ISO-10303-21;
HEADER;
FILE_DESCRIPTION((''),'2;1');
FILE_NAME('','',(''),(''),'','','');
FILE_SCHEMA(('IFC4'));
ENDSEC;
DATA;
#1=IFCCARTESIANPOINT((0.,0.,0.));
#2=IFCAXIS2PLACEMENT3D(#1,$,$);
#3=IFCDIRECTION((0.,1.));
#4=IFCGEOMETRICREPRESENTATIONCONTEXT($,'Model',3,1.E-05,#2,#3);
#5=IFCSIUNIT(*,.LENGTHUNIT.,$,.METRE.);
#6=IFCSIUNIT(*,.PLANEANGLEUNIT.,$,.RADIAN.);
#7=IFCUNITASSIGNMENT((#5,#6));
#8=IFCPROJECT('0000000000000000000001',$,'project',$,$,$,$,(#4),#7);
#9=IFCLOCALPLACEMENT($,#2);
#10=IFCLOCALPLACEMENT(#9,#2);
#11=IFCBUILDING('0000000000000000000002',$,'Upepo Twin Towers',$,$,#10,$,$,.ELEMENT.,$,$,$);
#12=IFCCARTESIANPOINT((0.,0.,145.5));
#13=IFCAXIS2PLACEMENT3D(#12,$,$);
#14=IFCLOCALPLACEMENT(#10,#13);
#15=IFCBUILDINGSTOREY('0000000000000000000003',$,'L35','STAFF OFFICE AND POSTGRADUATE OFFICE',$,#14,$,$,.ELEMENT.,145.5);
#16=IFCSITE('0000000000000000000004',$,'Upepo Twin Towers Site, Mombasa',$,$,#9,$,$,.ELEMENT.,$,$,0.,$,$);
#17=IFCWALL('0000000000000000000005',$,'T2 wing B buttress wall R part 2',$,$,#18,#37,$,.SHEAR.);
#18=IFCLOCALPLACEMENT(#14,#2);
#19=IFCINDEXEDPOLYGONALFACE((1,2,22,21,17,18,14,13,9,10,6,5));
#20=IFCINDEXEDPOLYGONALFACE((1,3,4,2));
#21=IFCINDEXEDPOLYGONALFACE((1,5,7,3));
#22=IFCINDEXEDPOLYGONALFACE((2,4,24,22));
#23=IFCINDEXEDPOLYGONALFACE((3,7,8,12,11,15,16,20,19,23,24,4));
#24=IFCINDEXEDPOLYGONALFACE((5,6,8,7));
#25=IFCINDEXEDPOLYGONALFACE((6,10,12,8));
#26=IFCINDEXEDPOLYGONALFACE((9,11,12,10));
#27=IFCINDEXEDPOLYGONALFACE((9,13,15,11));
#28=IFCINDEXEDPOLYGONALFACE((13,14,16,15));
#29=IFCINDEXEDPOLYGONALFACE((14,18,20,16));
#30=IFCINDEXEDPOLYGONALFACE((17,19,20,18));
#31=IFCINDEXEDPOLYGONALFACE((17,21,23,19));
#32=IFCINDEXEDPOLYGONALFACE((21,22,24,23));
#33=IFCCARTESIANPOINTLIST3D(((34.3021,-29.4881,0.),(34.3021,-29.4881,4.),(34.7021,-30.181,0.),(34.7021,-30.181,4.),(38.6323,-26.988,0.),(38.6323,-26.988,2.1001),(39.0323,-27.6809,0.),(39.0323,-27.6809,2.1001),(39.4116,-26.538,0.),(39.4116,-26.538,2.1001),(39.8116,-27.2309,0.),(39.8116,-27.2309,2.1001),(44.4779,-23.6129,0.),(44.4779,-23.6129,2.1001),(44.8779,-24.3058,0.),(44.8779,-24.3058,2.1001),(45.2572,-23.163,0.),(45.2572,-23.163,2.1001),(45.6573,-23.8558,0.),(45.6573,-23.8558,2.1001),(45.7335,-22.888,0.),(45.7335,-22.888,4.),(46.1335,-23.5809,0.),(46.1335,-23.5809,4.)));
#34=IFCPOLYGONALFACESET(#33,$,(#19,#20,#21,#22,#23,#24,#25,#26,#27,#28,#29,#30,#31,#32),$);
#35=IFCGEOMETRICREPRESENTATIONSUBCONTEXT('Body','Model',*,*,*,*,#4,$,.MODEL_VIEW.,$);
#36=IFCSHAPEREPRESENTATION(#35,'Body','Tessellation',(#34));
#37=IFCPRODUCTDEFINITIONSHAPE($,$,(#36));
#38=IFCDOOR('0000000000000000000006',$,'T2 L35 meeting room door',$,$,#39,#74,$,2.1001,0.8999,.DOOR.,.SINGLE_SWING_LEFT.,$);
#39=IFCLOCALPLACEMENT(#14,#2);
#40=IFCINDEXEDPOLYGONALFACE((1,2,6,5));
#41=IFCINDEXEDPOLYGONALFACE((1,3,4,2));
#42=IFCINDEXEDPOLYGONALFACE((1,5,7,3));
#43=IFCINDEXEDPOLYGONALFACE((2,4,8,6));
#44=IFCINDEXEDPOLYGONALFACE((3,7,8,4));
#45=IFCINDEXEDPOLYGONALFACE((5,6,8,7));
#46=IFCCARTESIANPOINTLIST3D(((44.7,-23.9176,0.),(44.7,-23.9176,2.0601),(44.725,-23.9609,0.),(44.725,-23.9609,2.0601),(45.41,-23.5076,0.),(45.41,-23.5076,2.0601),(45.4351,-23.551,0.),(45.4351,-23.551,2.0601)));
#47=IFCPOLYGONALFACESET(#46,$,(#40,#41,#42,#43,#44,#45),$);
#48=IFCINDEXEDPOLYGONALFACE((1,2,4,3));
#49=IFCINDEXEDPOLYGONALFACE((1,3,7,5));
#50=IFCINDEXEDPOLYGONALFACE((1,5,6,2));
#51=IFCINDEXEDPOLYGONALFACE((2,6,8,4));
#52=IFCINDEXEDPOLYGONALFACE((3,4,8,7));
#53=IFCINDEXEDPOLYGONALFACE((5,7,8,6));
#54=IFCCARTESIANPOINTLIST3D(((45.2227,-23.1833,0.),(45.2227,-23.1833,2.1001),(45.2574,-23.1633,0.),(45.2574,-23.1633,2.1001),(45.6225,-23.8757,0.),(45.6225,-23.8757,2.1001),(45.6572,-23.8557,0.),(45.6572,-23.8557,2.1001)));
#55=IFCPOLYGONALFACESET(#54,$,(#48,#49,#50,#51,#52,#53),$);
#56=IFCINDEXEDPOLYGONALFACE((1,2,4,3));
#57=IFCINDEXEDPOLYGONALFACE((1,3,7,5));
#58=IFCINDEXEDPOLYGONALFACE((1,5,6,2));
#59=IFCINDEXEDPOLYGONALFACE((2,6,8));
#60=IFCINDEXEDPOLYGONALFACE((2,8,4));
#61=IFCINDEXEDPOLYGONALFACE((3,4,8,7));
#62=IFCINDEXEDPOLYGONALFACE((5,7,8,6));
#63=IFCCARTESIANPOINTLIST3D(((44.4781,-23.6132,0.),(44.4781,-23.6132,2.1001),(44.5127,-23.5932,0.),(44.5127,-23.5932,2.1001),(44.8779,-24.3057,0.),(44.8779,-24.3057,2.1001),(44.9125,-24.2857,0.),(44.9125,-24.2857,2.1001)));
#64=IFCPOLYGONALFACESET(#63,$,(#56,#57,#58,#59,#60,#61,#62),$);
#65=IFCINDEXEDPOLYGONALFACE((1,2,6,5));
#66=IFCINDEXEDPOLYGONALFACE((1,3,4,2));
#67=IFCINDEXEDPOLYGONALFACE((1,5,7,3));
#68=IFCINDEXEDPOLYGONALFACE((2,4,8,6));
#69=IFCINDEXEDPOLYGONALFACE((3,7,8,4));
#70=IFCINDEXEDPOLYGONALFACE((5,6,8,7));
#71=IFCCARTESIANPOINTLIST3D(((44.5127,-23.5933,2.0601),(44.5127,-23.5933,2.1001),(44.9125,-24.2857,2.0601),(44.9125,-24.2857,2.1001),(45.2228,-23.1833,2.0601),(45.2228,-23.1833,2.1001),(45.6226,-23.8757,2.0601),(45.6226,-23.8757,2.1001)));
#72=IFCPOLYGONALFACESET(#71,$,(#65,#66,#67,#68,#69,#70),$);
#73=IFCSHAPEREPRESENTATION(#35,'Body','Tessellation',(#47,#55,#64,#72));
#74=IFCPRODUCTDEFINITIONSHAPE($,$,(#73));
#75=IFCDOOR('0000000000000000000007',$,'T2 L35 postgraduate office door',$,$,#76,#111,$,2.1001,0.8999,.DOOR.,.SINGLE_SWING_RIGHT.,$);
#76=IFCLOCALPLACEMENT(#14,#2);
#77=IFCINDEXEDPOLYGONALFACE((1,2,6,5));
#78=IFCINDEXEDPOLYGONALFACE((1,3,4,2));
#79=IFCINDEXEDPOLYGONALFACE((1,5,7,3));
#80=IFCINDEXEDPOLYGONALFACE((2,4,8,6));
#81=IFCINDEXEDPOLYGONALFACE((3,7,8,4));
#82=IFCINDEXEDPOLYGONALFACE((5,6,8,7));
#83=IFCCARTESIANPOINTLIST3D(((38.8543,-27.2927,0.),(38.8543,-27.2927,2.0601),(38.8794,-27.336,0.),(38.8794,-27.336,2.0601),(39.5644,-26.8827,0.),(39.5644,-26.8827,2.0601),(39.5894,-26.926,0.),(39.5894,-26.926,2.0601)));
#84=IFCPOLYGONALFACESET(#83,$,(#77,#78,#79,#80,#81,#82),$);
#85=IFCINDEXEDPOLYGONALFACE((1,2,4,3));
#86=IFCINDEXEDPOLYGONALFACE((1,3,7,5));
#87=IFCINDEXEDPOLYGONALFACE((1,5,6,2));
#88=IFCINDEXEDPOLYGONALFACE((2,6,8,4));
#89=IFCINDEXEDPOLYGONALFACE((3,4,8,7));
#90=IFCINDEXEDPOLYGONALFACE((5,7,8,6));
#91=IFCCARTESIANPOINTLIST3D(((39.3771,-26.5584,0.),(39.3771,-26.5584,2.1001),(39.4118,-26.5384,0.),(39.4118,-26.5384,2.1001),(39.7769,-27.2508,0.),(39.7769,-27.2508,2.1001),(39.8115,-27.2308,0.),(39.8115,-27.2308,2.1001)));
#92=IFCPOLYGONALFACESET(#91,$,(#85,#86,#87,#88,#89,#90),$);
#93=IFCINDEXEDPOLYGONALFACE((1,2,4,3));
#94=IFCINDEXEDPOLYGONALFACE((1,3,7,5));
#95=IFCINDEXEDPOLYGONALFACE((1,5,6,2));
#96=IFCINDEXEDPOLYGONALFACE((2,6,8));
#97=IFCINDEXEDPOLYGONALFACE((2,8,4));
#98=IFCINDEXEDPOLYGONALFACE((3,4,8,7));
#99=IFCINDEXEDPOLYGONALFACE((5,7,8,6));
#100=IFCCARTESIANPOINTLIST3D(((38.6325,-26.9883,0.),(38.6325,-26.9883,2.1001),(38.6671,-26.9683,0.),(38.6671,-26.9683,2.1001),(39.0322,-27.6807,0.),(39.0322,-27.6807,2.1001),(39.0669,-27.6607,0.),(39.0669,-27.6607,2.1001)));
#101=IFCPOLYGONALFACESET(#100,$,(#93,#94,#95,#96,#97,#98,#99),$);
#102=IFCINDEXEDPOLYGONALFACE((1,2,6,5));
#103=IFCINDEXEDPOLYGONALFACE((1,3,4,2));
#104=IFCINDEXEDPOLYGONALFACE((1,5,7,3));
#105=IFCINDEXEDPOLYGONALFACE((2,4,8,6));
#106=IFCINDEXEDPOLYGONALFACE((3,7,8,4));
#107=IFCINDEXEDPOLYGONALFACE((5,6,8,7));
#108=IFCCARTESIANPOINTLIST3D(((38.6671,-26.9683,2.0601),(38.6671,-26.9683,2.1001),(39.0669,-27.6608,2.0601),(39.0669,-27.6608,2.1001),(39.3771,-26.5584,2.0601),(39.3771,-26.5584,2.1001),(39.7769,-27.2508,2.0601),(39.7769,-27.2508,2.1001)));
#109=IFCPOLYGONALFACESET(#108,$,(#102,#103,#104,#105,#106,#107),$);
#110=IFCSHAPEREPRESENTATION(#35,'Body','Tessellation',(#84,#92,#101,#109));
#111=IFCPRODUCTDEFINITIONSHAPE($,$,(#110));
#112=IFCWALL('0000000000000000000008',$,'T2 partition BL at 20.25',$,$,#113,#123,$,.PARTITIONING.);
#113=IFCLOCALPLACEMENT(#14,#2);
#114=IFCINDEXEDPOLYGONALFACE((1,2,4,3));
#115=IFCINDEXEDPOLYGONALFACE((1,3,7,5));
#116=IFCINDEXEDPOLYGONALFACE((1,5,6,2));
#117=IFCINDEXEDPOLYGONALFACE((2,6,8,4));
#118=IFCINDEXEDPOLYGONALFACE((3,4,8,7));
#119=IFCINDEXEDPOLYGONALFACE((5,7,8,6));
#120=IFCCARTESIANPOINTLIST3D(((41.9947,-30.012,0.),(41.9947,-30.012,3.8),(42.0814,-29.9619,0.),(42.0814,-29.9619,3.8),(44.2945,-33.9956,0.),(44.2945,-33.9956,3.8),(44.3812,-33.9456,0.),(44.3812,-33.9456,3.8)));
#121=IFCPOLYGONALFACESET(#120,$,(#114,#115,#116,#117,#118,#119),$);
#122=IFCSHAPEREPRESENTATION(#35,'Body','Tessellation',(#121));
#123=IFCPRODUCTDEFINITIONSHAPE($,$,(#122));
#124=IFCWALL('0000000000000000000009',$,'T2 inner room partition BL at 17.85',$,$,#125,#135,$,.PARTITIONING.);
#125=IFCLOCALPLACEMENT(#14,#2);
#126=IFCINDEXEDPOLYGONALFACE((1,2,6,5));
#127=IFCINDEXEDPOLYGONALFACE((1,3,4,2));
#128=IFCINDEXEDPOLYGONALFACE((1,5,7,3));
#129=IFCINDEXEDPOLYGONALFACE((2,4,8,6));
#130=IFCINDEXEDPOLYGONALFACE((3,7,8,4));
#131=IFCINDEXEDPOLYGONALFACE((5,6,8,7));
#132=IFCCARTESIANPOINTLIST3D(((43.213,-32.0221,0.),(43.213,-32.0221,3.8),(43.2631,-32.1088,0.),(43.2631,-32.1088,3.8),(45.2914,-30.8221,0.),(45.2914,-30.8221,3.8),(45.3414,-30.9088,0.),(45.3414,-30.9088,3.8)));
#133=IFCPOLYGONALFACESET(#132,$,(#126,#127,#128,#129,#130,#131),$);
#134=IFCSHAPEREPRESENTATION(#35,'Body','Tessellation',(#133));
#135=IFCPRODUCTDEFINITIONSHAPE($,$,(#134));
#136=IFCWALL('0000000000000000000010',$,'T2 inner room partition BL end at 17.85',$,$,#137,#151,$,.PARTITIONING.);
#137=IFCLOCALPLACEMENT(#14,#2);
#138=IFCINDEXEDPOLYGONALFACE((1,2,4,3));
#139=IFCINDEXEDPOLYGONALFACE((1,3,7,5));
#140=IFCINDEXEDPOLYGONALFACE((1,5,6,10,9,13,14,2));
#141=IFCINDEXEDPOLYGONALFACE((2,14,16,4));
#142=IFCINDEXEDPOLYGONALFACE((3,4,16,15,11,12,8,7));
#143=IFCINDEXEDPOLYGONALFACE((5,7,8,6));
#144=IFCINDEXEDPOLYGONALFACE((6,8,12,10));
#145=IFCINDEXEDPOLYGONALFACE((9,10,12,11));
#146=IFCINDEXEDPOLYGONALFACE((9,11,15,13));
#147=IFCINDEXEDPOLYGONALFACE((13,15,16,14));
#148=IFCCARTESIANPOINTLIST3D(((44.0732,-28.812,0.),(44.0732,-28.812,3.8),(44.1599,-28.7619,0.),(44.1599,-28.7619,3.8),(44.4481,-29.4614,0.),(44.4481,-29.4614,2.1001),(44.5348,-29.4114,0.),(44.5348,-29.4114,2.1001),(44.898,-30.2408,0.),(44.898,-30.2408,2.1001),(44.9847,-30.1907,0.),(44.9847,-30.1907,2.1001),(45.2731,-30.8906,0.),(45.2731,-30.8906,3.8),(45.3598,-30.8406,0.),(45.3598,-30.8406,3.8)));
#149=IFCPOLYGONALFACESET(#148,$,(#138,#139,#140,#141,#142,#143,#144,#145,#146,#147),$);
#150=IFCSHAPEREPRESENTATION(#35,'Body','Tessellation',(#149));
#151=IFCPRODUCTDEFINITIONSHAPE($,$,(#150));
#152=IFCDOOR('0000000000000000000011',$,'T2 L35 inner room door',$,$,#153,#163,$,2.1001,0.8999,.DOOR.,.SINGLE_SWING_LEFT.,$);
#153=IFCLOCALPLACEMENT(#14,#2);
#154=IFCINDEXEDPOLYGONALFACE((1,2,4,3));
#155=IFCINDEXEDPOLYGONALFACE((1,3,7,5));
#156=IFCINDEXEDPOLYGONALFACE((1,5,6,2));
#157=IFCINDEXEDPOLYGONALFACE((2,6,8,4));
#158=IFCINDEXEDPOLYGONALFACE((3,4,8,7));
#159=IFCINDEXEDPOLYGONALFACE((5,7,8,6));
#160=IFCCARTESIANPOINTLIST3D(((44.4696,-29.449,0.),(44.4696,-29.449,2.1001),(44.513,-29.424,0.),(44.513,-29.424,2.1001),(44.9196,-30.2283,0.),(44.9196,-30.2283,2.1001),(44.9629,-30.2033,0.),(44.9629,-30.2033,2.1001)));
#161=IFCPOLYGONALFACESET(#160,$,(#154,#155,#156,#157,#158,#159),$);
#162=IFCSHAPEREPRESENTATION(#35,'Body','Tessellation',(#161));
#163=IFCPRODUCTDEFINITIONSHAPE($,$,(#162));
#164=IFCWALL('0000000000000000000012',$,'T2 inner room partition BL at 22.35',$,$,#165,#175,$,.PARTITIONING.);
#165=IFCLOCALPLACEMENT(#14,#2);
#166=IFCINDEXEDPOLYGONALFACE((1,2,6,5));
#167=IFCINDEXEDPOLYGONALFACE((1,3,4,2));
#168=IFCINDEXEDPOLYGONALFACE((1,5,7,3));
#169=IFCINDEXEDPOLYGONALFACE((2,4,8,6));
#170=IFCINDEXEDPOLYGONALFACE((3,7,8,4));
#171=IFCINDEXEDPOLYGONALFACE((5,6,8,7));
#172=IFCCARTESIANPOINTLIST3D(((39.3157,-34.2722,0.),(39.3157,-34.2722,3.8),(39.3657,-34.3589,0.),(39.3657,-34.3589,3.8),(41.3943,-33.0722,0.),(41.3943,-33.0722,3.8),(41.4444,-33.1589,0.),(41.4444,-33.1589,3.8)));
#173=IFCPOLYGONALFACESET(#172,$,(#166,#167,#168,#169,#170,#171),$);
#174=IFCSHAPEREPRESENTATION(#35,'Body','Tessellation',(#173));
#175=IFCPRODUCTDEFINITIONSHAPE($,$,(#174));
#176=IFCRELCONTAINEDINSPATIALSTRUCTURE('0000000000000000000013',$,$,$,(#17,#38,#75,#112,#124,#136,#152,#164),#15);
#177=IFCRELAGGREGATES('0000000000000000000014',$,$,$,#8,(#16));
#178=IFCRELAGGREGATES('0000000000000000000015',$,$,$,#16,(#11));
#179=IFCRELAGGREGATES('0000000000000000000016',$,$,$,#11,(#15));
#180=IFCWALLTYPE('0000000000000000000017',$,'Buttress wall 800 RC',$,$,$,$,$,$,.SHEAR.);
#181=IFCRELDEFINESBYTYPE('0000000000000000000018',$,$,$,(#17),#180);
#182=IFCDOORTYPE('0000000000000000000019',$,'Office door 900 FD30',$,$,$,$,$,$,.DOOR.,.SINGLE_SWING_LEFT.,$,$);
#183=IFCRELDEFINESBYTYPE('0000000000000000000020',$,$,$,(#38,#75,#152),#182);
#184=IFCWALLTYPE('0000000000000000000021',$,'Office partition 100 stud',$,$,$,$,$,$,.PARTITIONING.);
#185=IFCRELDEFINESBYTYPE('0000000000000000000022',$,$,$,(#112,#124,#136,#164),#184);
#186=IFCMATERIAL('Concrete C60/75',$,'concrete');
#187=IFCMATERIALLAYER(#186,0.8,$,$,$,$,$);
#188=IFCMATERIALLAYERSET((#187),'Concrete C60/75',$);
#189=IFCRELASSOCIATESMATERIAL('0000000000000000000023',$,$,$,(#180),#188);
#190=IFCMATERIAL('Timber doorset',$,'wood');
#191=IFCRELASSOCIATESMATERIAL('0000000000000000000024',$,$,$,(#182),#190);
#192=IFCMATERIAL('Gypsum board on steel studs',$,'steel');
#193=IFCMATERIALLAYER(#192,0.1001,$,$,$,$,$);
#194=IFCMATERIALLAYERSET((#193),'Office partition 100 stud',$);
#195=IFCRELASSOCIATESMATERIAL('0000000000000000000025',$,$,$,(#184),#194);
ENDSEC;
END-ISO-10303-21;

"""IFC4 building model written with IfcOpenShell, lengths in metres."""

from ifc_helpers import new_model, si_unit, direction, frame, frame_2d, origin, place, context, subcontext, project, spatial, rectangle, extrude, material, layer, layer_set, type_object, element, fill, save


model = new_model("IFC4")

# Units and contexts
model_context = context("Model", 3, precision=1e-05, world=origin(), true_north=direction((0.0, 1.0)))
body_context = subcontext(model_context, "Body", "Model", "MODEL_VIEW")
ifc_project = project(units=[si_unit("LENGTHUNIT", "METRE"), si_unit("PLANEANGLEUNIT", "RADIAN")], contexts=[model_context])

# Site, building, storey
site_placement = place(None, origin())
site = spatial("IfcSite", under=ifc_project, at=site_placement, Name="Upepo Twin Towers Site, Mombasa", CompositionType="ELEMENT", RefElevation=0.0)
building_placement = place(site_placement, origin())
building = spatial("IfcBuilding", under=site, at=building_placement, Name="Upepo Twin Towers", CompositionType="ELEMENT")
storey_placement = place(building_placement, frame((0.0, 0.0, 145.5)))
storey = spatial("IfcBuildingStorey", under=building, at=storey_placement, Name="L35", Description="STAFF OFFICE AND POSTGRADUATE OFFICE", CompositionType="ELEMENT", Elevation=145.5)

# Wall, openings, doors
ifc_material_1 = material(Name="Concrete C60/75", Category="concrete")
ifc_layer_1 = layer(ifc_material_1, 0.8)
ifc_layer_set_1 = layer_set([ifc_layer_1], Name="Concrete C60/75")
wall_type_1 = type_object("IfcWallType", Name="Buttress wall 800 RC", PredefinedType="SHEAR", material=ifc_layer_set_1)
wall_1_placement = place(storey_placement, frame((45.9336, -23.2344, 0.0), z_axis=(0.0, 0.0, 1.0), x_axis=(-0.86602, -0.50001, 0.0)))
wall_1 = element("IfcWall", 1, at=wall_1_placement, inside=storey, type_object=wall_type_1, Name="T2 wing B buttress wall R part 2", PredefinedType="SHEAR", context=body_context, shape_type="SweptSolid", body=[
    extrude(rectangle(XDim=13.2, YDim=0.8, at=frame_2d((6.6001, 0.0))), origin(), (0.0, 0.0, 1.0), 4.0),
])
opening_1_placement = place(wall_1_placement, frame((0.55, 0.0, 0.0)))
opening_1 = element("IfcOpeningElement", 2, at=opening_1_placement, cuts=wall_1, PredefinedType="OPENING", context=body_context, shape_type="SweptSolid", body=[
    extrude(rectangle(XDim=0.8999, YDim=2.1001, at=frame_2d((0.45, 1.05))), frame((0.0, 0.4099, 0.0), z_axis=(0.0, -1.0, 0.0), x_axis=(1.0, 0.0, 0.0)), (0.0, 0.0, 1.0), 0.8201),
])
opening_2_placement = place(wall_1_placement, frame((7.3, 0.0, 0.0)))
opening_2 = element("IfcOpeningElement", 3, at=opening_2_placement, cuts=wall_1, PredefinedType="OPENING", context=body_context, shape_type="SweptSolid", body=[
    extrude(rectangle(XDim=0.8999, YDim=2.1001, at=frame_2d((0.45, 1.05))), frame((0.0, 0.4099, 0.0), z_axis=(0.0, -1.0, 0.0), x_axis=(1.0, 0.0, 0.0)), (0.0, 0.0, 1.0), 0.8201),
])
ifc_material_2 = material(Name="Timber doorset", Category="wood")
door_type = type_object("IfcDoorType", Name="Office door 900 FD30", OperationType="SINGLE_SWING_LEFT", PredefinedType="DOOR", material=ifc_material_2)
door_1_placement = place(opening_1_placement, origin())
door_1 = element("IfcDoor", 4, at=door_1_placement, inside=storey, type_object=door_type, Name="T2 L35 meeting room door", OperationType="SINGLE_SWING_LEFT", OverallHeight=2.1001, OverallWidth=0.8999, PredefinedType="DOOR", context=body_context, shape_type="SweptSolid", body=[
    extrude(rectangle(XDim=0.8199, YDim=2.0601, at=frame_2d((0.45, 1.03))), frame((0.0, 0.0249, 0.0), z_axis=(0.0, -1.0, 0.0), x_axis=(1.0, 0.0, 0.0)), (0.0, 0.0, 1.0), 0.05),
    extrude(rectangle(XDim=0.04, YDim=2.1001, at=frame_2d((0.02, 1.05))), frame((0.0, 0.3999, 0.0), z_axis=(0.0, -1.0, 0.0), x_axis=(1.0, 0.0, 0.0)), (0.0, 0.0, 1.0), 0.7996),
    extrude(rectangle(XDim=0.04, YDim=2.1001, at=frame_2d((0.8799, 1.05))), frame((0.0, 0.3999, 0.0), z_axis=(0.0, -1.0, 0.0), x_axis=(1.0, 0.0, 0.0)), (0.0, 0.0, 1.0), 0.7996),
    extrude(rectangle(XDim=0.8199, YDim=0.04, at=frame_2d((0.45, 2.0801))), frame((0.0, 0.3999, 0.0), z_axis=(0.0, -1.0, 0.0), x_axis=(1.0, 0.0, 0.0)), (0.0, 0.0, 1.0), 0.7996),
])
fill(opening_1, door_1)
door_2_placement = place(opening_2_placement, origin())
door_2 = element("IfcDoor", 5, at=door_2_placement, inside=storey, type_object=door_type, Name="T2 L35 postgraduate office door", OperationType="SINGLE_SWING_RIGHT", OverallHeight=2.1001, OverallWidth=0.8999, PredefinedType="DOOR", context=body_context, shape_type="SweptSolid", body=[
    extrude(rectangle(XDim=0.8199, YDim=2.0601, at=frame_2d((0.45, 1.03))), frame((0.0, 0.0249, 0.0), z_axis=(0.0, -1.0, 0.0), x_axis=(1.0, 0.0, 0.0)), (0.0, 0.0, 1.0), 0.05),
    extrude(rectangle(XDim=0.04, YDim=2.1001, at=frame_2d((0.02, 1.05))), frame((0.0, 0.3999, 0.0), z_axis=(0.0, -1.0, 0.0), x_axis=(1.0, 0.0, 0.0)), (0.0, 0.0, 1.0), 0.7996),
    extrude(rectangle(XDim=0.04, YDim=2.1001, at=frame_2d((0.8799, 1.05))), frame((0.0, 0.3999, 0.0), z_axis=(0.0, -1.0, 0.0), x_axis=(1.0, 0.0, 0.0)), (0.0, 0.0, 1.0), 0.7996),
    extrude(rectangle(XDim=0.8199, YDim=0.04, at=frame_2d((0.45, 2.0801))), frame((0.0, 0.3999, 0.0), z_axis=(0.0, -1.0, 0.0), x_axis=(1.0, 0.0, 0.0)), (0.0, 0.0, 1.0), 0.7996),
])
fill(opening_2, door_2)

# Walls
ifc_material_3 = material(Name="Gypsum board on steel studs", Category="steel")
ifc_layer_2 = layer(ifc_material_3, 0.1001)
ifc_layer_set_2 = layer_set([ifc_layer_2], Name="Office partition 100 stud")
wall_type_2 = type_object("IfcWallType", Name="Office partition 100 stud", PredefinedType="PARTITIONING", material=ifc_layer_set_2)
wall_2_placement = place(storey_placement, frame((42.0381, -29.9871, 0.0), z_axis=(0.0, 0.0, 1.0), x_axis=(0.499975, -0.86604, 0.0)))
element("IfcWall", 6, at=wall_2_placement, inside=storey, type_object=wall_type_2, Name="T2 partition BL at 20.25", PredefinedType="PARTITIONING", context=body_context, shape_type="SweptSolid", body=[
    extrude(rectangle(XDim=4.5999, YDim=0.1001, at=frame_2d((2.2998, 0.0))), origin(), (0.0, 0.0, 1.0), 3.8),
])
wall_3_placement = place(storey_placement, frame((45.3164, -30.8655, 0.0), z_axis=(0.0, 0.0, 1.0), x_axis=(-0.866025, -0.500001, 0.0)))
element("IfcWall", 7, at=wall_3_placement, inside=storey, type_object=wall_type_2, Name="T2 inner room partition BL at 17.85", PredefinedType="PARTITIONING", context=body_context, shape_type="SweptSolid", body=[
    extrude(rectangle(XDim=2.3999, YDim=0.1001, at=frame_2d((1.2, 0.0))), origin(), (0.0, 0.0, 1.0), 3.8),
])

# Wall, opening, door
wall_4_placement = place(storey_placement, frame((44.1165, -28.7869, 0.0), z_axis=(0.0, 0.0, 1.0), x_axis=(0.499957, -0.86605, 0.0)))
wall_4 = element("IfcWall", 8, at=wall_4_placement, inside=storey, type_object=wall_type_2, Name="T2 inner room partition BL end at 17.85", PredefinedType="PARTITIONING", context=body_context, shape_type="SweptSolid", body=[
    extrude(rectangle(XDim=2.4001, YDim=0.1001, at=frame_2d((1.2002, 0.0))), origin(), (0.0, 0.0, 1.0), 3.8),
])
opening_3_placement = place(wall_4_placement, frame((0.75, 0.0, 0.0)))
opening_3 = element("IfcOpeningElement", 9, at=opening_3_placement, cuts=wall_4, PredefinedType="OPENING", context=body_context, shape_type="SweptSolid", body=[
    extrude(rectangle(XDim=0.8999, YDim=2.1001, at=frame_2d((0.45, 1.05))), frame((0.0, 0.0601, 0.0), z_axis=(0.0, -1.0, 0.0), x_axis=(1.0, 0.0, 0.0)), (0.0, 0.0, 1.0), 0.1201),
])
door_3_placement = place(opening_3_placement, origin())
door_3 = element("IfcDoor", 10, at=door_3_placement, inside=storey, type_object=door_type, Name="T2 L35 inner room door", OperationType="SINGLE_SWING_LEFT", OverallHeight=2.1001, OverallWidth=0.8999, PredefinedType="DOOR", context=body_context, shape_type="SweptSolid", body=[
    extrude(rectangle(XDim=0.8999, YDim=2.1001, at=frame_2d((0.45, 1.05))), frame((0.0, 0.0249, 0.0), z_axis=(0.0, -1.0, 0.0), x_axis=(1.0, 0.0, 0.0)), (0.0, 0.0, 1.0), 0.05),
])
fill(opening_3, door_3)

# Wall
wall_5_placement = place(storey_placement, frame((41.4194, -33.1155, 0.0), z_axis=(0.0, 0.0, 1.0), x_axis=(-0.86605, -0.499957, 0.0)))
element("IfcWall", 11, at=wall_5_placement, inside=storey, type_object=wall_type_2, Name="T2 inner room partition BL at 22.35", PredefinedType="PARTITIONING", context=body_context, shape_type="SweptSolid", body=[
    extrude(rectangle(XDim=2.4001, YDim=0.1001, at=frame_2d((1.2002, 0.0))), origin(), (0.0, 0.0, 1.0), 3.8),
])

save(model, "model.ifc")
